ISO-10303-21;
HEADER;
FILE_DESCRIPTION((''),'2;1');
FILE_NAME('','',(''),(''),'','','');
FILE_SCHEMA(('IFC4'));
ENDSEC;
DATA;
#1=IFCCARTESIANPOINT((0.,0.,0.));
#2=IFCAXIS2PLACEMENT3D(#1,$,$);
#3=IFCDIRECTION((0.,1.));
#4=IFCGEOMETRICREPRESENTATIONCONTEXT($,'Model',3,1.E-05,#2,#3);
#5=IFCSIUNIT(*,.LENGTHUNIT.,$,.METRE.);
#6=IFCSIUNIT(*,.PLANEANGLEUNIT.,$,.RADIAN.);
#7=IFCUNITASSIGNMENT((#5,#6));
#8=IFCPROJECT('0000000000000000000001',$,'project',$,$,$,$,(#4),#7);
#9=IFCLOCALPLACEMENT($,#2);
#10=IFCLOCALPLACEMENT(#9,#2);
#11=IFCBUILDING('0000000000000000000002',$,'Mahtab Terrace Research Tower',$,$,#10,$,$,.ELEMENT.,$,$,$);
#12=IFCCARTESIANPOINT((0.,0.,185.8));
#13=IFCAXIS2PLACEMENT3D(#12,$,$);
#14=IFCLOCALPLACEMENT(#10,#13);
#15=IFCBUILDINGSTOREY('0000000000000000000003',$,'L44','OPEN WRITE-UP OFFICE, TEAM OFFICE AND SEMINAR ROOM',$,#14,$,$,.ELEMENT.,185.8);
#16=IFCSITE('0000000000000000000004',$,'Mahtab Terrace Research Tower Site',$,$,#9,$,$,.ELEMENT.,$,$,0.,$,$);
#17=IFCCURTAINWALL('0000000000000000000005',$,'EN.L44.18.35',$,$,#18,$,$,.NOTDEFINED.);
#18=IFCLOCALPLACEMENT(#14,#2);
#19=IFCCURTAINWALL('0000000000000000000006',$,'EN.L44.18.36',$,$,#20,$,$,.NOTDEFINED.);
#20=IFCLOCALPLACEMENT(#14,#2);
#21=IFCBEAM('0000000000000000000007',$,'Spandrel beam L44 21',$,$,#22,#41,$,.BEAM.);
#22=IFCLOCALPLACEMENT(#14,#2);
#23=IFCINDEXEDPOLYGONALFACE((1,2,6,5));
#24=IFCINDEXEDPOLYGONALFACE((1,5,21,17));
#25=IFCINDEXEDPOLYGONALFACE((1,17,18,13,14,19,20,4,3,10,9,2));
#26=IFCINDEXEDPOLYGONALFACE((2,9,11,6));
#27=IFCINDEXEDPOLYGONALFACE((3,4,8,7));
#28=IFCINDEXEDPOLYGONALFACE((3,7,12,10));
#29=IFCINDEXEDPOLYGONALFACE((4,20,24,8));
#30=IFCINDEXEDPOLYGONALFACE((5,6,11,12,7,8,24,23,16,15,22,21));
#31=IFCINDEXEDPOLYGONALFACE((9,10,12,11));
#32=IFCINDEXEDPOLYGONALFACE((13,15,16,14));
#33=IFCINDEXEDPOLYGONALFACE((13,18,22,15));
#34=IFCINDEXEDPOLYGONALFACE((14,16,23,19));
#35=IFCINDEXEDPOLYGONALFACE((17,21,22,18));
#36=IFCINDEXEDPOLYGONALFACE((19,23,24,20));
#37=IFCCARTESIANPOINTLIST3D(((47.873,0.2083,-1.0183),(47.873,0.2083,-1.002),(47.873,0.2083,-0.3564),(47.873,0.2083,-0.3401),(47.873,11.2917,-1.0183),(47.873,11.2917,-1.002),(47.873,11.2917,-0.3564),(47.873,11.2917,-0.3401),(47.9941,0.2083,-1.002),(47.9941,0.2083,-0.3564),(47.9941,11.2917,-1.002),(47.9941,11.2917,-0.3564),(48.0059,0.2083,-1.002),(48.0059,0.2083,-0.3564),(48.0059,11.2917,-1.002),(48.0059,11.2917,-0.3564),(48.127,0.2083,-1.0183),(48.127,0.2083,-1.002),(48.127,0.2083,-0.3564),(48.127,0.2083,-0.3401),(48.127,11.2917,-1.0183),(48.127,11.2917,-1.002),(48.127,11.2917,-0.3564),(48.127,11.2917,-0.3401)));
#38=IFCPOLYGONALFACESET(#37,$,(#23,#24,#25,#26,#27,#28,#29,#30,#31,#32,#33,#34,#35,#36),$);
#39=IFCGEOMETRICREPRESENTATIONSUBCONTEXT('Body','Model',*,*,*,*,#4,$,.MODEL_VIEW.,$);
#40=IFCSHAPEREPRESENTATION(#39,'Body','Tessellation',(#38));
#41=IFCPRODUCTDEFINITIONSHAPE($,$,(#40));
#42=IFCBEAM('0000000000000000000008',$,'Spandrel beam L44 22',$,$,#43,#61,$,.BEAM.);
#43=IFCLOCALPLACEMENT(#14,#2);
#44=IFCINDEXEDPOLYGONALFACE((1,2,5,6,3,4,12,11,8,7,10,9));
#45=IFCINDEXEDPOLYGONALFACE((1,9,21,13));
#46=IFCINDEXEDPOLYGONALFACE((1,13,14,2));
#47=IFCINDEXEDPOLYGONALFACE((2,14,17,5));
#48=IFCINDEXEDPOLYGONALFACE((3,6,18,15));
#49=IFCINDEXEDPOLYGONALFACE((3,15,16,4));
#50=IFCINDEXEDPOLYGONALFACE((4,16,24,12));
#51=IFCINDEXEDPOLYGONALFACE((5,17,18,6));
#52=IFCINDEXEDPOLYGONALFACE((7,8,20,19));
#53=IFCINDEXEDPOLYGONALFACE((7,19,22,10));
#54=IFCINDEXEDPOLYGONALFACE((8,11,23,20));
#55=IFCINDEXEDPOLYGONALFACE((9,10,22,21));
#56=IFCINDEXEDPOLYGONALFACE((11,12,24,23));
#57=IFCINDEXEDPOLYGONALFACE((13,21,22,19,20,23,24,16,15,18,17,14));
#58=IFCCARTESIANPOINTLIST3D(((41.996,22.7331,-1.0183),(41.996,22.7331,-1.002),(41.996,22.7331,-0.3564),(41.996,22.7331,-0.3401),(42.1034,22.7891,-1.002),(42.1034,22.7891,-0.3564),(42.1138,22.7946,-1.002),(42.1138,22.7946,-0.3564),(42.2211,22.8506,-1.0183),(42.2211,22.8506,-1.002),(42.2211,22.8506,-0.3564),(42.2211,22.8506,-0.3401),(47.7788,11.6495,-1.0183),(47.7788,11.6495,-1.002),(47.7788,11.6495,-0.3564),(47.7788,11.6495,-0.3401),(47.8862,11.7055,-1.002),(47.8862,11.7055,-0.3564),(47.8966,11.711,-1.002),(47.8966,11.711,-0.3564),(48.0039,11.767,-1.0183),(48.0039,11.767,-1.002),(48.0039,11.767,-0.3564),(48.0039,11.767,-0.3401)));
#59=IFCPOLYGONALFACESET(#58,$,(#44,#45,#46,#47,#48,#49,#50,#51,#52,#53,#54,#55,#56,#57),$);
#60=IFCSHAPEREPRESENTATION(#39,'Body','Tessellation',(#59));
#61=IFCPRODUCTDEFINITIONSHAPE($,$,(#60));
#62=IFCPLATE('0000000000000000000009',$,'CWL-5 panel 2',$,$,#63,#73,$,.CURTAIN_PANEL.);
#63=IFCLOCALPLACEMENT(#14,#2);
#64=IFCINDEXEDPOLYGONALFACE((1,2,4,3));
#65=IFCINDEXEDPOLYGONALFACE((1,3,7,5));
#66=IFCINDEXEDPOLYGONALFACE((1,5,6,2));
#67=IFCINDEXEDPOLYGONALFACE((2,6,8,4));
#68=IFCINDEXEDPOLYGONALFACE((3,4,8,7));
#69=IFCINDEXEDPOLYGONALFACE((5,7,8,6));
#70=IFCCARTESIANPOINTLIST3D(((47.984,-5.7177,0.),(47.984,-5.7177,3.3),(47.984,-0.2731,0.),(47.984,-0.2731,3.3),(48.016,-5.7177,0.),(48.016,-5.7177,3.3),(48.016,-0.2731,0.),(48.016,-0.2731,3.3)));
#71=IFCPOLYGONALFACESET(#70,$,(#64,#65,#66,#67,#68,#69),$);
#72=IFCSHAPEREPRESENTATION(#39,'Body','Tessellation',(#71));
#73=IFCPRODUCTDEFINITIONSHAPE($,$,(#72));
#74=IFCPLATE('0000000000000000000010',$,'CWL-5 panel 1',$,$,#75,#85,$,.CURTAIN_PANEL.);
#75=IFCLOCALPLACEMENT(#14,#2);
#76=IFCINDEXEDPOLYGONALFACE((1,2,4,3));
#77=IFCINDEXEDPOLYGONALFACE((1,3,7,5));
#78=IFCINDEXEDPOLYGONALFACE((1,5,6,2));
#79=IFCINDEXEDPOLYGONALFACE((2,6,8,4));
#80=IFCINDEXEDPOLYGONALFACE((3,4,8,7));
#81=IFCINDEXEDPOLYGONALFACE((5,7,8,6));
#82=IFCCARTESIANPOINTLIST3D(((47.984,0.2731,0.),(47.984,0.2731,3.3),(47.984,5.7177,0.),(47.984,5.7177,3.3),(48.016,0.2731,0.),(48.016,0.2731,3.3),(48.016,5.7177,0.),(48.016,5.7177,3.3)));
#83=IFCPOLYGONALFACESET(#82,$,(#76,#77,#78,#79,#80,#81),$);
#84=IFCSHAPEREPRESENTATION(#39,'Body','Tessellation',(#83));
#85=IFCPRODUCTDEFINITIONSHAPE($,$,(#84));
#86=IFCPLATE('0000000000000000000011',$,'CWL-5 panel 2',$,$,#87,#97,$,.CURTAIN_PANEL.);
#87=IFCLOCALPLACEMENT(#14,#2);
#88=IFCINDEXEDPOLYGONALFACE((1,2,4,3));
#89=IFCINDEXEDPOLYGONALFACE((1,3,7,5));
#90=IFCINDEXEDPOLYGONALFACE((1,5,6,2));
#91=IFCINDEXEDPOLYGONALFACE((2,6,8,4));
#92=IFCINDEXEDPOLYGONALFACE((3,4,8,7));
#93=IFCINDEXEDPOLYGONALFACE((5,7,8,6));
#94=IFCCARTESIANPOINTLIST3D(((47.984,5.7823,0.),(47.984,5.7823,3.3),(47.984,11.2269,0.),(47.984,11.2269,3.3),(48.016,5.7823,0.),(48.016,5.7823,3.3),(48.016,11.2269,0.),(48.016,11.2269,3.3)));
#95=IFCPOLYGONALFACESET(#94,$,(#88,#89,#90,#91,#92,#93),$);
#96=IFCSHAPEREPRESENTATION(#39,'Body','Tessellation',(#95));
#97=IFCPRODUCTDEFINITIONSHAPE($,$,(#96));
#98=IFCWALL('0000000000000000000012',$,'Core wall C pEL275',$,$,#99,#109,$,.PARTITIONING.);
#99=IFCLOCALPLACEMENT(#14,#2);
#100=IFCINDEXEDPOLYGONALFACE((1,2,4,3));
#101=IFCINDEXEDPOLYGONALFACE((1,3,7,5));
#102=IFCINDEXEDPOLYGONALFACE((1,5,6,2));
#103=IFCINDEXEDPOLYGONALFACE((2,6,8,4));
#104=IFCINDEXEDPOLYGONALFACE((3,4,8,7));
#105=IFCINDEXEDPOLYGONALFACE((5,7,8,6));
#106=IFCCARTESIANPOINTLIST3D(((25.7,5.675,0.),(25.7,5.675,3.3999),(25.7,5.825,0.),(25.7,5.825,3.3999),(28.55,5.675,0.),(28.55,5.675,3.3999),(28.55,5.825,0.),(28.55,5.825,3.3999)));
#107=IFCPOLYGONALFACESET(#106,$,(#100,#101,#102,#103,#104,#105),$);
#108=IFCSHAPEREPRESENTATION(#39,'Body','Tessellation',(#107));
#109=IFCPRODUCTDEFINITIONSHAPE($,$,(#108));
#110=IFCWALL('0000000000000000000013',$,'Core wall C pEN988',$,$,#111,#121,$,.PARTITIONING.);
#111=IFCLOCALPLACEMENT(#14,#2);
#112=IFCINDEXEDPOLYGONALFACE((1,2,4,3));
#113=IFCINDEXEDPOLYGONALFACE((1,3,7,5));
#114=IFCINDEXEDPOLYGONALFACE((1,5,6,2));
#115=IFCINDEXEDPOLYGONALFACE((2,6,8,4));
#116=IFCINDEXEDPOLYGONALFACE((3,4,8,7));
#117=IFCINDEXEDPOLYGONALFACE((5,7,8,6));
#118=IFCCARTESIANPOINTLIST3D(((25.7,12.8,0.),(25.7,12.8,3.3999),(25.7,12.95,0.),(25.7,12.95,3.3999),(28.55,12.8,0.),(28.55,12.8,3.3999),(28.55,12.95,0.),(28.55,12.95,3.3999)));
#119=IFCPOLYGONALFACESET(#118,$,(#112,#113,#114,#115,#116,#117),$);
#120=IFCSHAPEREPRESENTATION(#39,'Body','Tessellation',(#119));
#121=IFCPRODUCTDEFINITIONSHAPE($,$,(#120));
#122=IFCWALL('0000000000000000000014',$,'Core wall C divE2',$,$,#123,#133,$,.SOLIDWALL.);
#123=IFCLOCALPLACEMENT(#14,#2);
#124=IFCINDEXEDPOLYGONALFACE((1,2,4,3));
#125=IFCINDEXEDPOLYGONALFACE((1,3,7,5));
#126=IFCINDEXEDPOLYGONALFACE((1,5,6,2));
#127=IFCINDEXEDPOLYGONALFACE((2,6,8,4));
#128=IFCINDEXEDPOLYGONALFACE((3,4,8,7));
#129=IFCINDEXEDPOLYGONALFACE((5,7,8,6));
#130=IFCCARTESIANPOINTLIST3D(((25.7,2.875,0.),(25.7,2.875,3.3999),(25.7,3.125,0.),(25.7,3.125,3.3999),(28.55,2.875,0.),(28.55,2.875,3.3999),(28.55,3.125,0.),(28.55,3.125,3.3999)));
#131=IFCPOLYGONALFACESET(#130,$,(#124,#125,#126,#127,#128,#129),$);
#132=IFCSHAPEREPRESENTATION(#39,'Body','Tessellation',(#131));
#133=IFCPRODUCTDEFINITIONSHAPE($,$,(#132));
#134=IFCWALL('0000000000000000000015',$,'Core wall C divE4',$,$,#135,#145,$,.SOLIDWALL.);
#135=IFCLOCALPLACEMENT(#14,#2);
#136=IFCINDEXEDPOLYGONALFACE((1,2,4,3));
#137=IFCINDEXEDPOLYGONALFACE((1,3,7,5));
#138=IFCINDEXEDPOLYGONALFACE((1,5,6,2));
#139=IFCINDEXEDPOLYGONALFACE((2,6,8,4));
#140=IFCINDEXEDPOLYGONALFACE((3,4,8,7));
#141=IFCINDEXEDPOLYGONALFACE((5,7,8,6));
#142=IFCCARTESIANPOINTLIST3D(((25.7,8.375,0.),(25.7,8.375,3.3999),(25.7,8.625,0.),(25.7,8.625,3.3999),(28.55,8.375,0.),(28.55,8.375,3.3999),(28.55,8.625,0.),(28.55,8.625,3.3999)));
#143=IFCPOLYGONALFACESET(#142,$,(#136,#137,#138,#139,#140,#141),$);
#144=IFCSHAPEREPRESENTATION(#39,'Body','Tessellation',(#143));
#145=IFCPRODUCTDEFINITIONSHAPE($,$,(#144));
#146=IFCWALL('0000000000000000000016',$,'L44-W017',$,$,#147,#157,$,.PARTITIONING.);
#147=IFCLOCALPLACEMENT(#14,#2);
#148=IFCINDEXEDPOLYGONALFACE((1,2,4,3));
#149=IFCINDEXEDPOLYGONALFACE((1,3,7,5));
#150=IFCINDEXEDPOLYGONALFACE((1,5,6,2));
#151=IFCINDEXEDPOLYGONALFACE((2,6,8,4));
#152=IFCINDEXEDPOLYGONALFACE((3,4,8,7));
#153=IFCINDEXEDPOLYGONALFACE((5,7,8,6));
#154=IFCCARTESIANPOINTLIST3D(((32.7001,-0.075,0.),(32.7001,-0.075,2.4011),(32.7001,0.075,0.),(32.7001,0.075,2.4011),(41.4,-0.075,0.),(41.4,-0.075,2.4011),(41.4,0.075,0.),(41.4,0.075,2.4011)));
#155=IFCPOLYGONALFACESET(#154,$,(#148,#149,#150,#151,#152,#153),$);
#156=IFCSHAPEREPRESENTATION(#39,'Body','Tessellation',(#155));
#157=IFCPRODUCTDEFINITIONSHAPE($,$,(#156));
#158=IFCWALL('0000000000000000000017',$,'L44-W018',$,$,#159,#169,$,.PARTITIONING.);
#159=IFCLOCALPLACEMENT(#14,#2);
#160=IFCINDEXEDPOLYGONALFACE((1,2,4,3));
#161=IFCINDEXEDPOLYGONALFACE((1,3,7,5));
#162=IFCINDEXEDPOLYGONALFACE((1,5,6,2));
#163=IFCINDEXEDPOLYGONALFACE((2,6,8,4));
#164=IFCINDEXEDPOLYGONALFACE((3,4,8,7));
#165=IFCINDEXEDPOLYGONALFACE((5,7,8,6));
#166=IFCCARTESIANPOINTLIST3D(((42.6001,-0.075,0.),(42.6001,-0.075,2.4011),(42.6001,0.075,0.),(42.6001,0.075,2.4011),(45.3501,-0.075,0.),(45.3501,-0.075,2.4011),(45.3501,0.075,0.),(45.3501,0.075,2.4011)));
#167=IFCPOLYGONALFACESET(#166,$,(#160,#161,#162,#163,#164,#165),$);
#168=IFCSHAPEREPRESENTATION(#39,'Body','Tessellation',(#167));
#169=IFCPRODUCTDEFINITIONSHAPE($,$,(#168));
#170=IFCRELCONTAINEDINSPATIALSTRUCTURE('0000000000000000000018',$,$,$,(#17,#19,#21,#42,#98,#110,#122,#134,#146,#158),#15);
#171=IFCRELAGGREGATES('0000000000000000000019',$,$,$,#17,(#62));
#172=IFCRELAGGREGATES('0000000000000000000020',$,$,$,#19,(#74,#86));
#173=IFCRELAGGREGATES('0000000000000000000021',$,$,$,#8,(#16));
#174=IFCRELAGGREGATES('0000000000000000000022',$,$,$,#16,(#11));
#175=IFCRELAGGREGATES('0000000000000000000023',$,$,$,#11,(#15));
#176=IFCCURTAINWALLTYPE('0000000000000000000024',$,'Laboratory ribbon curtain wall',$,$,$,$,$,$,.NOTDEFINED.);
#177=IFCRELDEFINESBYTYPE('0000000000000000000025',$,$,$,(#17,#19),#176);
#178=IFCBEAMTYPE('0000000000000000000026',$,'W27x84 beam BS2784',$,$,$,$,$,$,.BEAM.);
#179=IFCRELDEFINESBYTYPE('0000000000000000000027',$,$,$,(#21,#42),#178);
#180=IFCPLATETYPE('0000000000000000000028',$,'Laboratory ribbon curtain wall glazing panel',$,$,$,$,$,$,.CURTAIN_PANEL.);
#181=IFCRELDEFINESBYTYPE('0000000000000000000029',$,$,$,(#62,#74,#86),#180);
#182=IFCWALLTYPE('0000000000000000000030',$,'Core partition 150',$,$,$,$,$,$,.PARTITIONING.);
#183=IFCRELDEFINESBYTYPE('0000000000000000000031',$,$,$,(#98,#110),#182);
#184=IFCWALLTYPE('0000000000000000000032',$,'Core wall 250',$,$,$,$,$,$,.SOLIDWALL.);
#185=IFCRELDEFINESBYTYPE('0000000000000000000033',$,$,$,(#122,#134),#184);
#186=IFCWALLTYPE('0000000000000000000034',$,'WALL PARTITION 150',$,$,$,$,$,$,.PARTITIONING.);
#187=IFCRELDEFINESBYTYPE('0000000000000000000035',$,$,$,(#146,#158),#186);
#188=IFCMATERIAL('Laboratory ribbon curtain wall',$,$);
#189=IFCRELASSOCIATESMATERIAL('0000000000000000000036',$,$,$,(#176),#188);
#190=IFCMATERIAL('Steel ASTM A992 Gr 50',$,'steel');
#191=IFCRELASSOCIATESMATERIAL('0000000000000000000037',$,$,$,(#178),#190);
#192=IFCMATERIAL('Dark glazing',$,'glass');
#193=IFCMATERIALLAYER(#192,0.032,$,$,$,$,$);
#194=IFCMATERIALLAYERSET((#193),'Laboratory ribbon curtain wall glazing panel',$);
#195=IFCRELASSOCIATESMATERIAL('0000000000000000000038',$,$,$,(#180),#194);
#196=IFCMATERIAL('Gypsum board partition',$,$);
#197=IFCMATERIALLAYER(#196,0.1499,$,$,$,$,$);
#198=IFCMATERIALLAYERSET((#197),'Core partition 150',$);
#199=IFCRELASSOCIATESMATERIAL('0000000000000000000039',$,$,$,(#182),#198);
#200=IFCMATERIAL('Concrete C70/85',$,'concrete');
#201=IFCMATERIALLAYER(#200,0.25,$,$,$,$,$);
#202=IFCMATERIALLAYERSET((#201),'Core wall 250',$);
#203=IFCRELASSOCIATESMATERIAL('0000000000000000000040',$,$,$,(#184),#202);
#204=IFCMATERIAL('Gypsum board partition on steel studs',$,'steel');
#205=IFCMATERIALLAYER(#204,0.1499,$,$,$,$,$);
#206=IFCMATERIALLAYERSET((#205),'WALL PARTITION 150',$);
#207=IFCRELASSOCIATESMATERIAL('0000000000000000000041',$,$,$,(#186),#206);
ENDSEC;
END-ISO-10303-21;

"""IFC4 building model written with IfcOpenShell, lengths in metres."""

from ifc_helpers import new_model, si_unit, direction, frame, frame_2d, origin, origin_2d, place, context, subcontext, project, spatial, rectangle, i_section, extrude, material, layer, layer_set, material_profile, profile_set, type_object, element, aggregate, save


model = new_model("IFC4")

# Units and contexts
model_context = context("Model", 3, precision=1e-05, world=origin(), true_north=direction((0.0, 1.0)))
body_context = subcontext(model_context, "Body", "Model", "MODEL_VIEW")
ifc_project = project(units=[si_unit("LENGTHUNIT", "METRE"), si_unit("PLANEANGLEUNIT", "RADIAN")], contexts=[model_context])

# Site, building, storey
site_placement = place(None, origin())
site = spatial("IfcSite", under=ifc_project, at=site_placement, Name="Mahtab Terrace Research Tower Site", CompositionType="ELEMENT", RefElevation=0.0)
building_placement = place(site_placement, origin())
building = spatial("IfcBuilding", under=site, at=building_placement, Name="Mahtab Terrace Research Tower", CompositionType="ELEMENT")
storey_placement = place(building_placement, frame((0.0, 0.0, 185.8)))
storey = spatial("IfcBuildingStorey", under=building, at=storey_placement, Name="L44", Description="OPEN WRITE-UP OFFICE, TEAM OFFICE AND SEMINAR ROOM", CompositionType="ELEMENT", Elevation=185.8)

# Shared definitions
ifc_material_1 = material(Name="Concrete C70/85", Category="concrete")
ifc_material_2 = material(Name="Steel ASTM A992 Gr 50", Category="steel")

# Curtain wall
ifc_material_3 = material(Name="Laboratory ribbon curtain wall")
curtain_wall_type = type_object("IfcCurtainWallType", Name="Laboratory ribbon curtain wall", PredefinedType="NOTDEFINED", material=ifc_material_3)
curtain_wall_1_placement = place(storey_placement, origin())
curtain_wall_1 = element("IfcCurtainWall", 1, at=curtain_wall_1_placement, inside=storey, type_object=curtain_wall_type, Name="EN.L44.18.35", PredefinedType="NOTDEFINED")

# Curtain wall
curtain_wall_2_placement = place(storey_placement, origin())
curtain_wall_2 = element("IfcCurtainWall", 2, at=curtain_wall_2_placement, inside=storey, type_object=curtain_wall_type, Name="EN.L44.18.36", PredefinedType="NOTDEFINED")

# Beams
ifc_material_profile_1 = material_profile(ifc_material_2, i_section(OverallWidth=0.2539, OverallDepth=0.6782, WebThickness=0.0117, FlangeThickness=0.0164, at=origin_2d()), Name="W27X84")
ifc_profile_set_1 = profile_set([ifc_material_profile_1], Name="Steel ASTM A992 Gr 50")
beam_type = type_object("IfcBeamType", Name="W27x84 beam BS2784", PredefinedType="BEAM", material=ifc_profile_set_1)
beam_1_placement = place(storey_placement, frame((48.0, 0.2083, -0.6792), z_axis=(0.0, 1.0, 0.0), x_axis=(-1.0, 0.0, 0.0)))
element("IfcBeam", 3, at=beam_1_placement, inside=storey, type_object=beam_type, Name="Spandrel beam L44 21", PredefinedType="BEAM", context=body_context, shape_type="SweptSolid", body=[
    extrude(i_section(OverallWidth=0.2539, OverallDepth=0.6782, WebThickness=0.0117, FlangeThickness=0.0164, at=origin_2d()), origin(), (0.0, 0.0, 1.0), 11.0835),
])
beam_2_placement = place(storey_placement, frame((47.8914, 11.7083, -0.6792), z_axis=(-0.462567, 0.886584, 0.0), x_axis=(-0.886584, -0.462567, 0.0)))
element("IfcBeam", 4, at=beam_2_placement, inside=storey, type_object=beam_type, Name="Spandrel beam L44 22", PredefinedType="BEAM", context=body_context, shape_type="SweptSolid", body=[
    extrude(i_section(OverallWidth=0.2539, OverallDepth=0.6782, WebThickness=0.0117, FlangeThickness=0.0164, at=origin_2d()), origin(), (0.0, 0.0, 1.0), 12.5015),
])

# Plates
ifc_material_4 = material(Name="Dark glazing", Category="glass")
ifc_layer_1 = layer(ifc_material_4, 0.032)
ifc_layer_set_1 = layer_set([ifc_layer_1], Name="Laboratory ribbon curtain wall glazing panel")
plate_type = type_object("IfcPlateType", Name="Laboratory ribbon curtain wall glazing panel", PredefinedType="CURTAIN_PANEL", material=ifc_layer_set_1)
plate_1_placement = place(storey_placement, frame((48.0, -2.9954, 0.0), z_axis=(0.0, 0.0, 1.0), x_axis=(0.0, 1.0, 0.0)))
plate_1 = element("IfcPlate", 5, at=plate_1_placement, type_object=plate_type, Name="CWL-5 panel 2", PredefinedType="CURTAIN_PANEL", context=body_context, shape_type="SweptSolid", body=[
    extrude(rectangle(XDim=5.4446, YDim=0.032, at=origin_2d()), origin(), (0.0, 0.0, 1.0), 3.3),
])
aggregate(curtain_wall_1, [plate_1])
plate_2_placement = place(storey_placement, frame((48.0, 2.9954, 0.0), z_axis=(0.0, 0.0, 1.0), x_axis=(0.0, 1.0, 0.0)))
plate_2 = element("IfcPlate", 6, at=plate_2_placement, type_object=plate_type, Name="CWL-5 panel 1", PredefinedType="CURTAIN_PANEL", context=body_context, shape_type="SweptSolid", body=[
    extrude(rectangle(XDim=5.4446, YDim=0.032, at=origin_2d()), origin(), (0.0, 0.0, 1.0), 3.3),
])
plate_3_placement = place(storey_placement, frame((48.0, 8.5046, 0.0), z_axis=(0.0, 0.0, 1.0), x_axis=(0.0, 1.0, 0.0)))
plate_3 = element("IfcPlate", 7, at=plate_3_placement, type_object=plate_type, Name="CWL-5 panel 2", PredefinedType="CURTAIN_PANEL", context=body_context, shape_type="SweptSolid", body=[
    extrude(rectangle(XDim=5.4446, YDim=0.032, at=origin_2d()), origin(), (0.0, 0.0, 1.0), 3.3),
])
aggregate(curtain_wall_2, [plate_2, plate_3])

# Walls
ifc_material_5 = material(Name="Gypsum board partition")
ifc_layer_2 = layer(ifc_material_5, 0.1499)
ifc_layer_set_2 = layer_set([ifc_layer_2], Name="Core partition 150")
wall_type_1 = type_object("IfcWallType", Name="Core partition 150", PredefinedType="PARTITIONING", material=ifc_layer_set_2)
for number, where, z_axis, x_axis, name in (
    (8, (25.7, 5.75, 0.0), (0.0, 0.0, 1.0), (1.0, 0.0, 0.0), "Core wall C pEL275"),
    (9, (25.7, 12.875, 0.0), (0.0, 0.0, 1.0), (1.0, 0.0, 0.0), "Core wall C pEN988"),
):
    element("IfcWall", number, at=place(storey_placement, frame(where, z_axis=z_axis, x_axis=x_axis)), inside=storey, type_object=wall_type_1, Name=name, PredefinedType="PARTITIONING", context=body_context, shape_type="SweptSolid", body=[
        extrude(rectangle(XDim=2.8501, YDim=0.1499, at=frame_2d((1.425, 0.0))), origin(), (0.0, 0.0, 1.0), 3.3999),
    ])
ifc_layer_3 = layer(ifc_material_1, 0.25)
ifc_layer_set_3 = layer_set([ifc_layer_3], Name="Core wall 250")
wall_type_2 = type_object("IfcWallType", Name="Core wall 250", PredefinedType="SOLIDWALL", material=ifc_layer_set_3)
for number, where, z_axis, x_axis, name in (
    (10, (25.7, 3.0, 0.0), (0.0, 0.0, 1.0), (1.0, 0.0, 0.0), "Core wall C divE2"),
    (11, (25.7, 8.5, 0.0), (0.0, 0.0, 1.0), (1.0, 0.0, 0.0), "Core wall C divE4"),
):
    element("IfcWall", number, at=place(storey_placement, frame(where, z_axis=z_axis, x_axis=x_axis)), inside=storey, type_object=wall_type_2, Name=name, PredefinedType="SOLIDWALL", context=body_context, shape_type="SweptSolid", body=[
        extrude(rectangle(XDim=2.8501, YDim=0.25, at=frame_2d((1.425, 0.0))), origin(), (0.0, 0.0, 1.0), 3.3999),
    ])
ifc_material_6 = material(Name="Gypsum board partition on steel studs", Category="steel")
ifc_layer_4 = layer(ifc_material_6, 0.1499)
ifc_layer_set_4 = layer_set([ifc_layer_4], Name="WALL PARTITION 150")
wall_type_3 = type_object("IfcWallType", Name="WALL PARTITION 150", PredefinedType="PARTITIONING", material=ifc_layer_set_4)
wall_1_placement = place(storey_placement, frame((32.7, 0.0, 0.0), z_axis=(0.0, 0.0, 1.0), x_axis=(1.0, 0.0, 0.0)))
element("IfcWall", 12, at=wall_1_placement, inside=storey, type_object=wall_type_3, Name="L44-W017", PredefinedType="PARTITIONING", context=body_context, shape_type="SweptSolid", body=[
    extrude(rectangle(XDim=8.7, YDim=0.1499, at=frame_2d((4.3501, 0.0))), origin(), (0.0, 0.0, 1.0), 2.4011),
])
wall_2_placement = place(storey_placement, frame((42.6001, 0.0, 0.0), z_axis=(0.0, 0.0, 1.0), x_axis=(1.0, 0.0, 0.0)))
element("IfcWall", 13, at=wall_2_placement, inside=storey, type_object=wall_type_3, Name="L44-W018", PredefinedType="PARTITIONING", context=body_context, shape_type="SweptSolid", body=[
    extrude(rectangle(XDim=2.75, YDim=0.1499, at=frame_2d((1.375, 0.0))), origin(), (0.0, 0.0, 1.0), 2.4011),
])

save(model, "model.ifc")
